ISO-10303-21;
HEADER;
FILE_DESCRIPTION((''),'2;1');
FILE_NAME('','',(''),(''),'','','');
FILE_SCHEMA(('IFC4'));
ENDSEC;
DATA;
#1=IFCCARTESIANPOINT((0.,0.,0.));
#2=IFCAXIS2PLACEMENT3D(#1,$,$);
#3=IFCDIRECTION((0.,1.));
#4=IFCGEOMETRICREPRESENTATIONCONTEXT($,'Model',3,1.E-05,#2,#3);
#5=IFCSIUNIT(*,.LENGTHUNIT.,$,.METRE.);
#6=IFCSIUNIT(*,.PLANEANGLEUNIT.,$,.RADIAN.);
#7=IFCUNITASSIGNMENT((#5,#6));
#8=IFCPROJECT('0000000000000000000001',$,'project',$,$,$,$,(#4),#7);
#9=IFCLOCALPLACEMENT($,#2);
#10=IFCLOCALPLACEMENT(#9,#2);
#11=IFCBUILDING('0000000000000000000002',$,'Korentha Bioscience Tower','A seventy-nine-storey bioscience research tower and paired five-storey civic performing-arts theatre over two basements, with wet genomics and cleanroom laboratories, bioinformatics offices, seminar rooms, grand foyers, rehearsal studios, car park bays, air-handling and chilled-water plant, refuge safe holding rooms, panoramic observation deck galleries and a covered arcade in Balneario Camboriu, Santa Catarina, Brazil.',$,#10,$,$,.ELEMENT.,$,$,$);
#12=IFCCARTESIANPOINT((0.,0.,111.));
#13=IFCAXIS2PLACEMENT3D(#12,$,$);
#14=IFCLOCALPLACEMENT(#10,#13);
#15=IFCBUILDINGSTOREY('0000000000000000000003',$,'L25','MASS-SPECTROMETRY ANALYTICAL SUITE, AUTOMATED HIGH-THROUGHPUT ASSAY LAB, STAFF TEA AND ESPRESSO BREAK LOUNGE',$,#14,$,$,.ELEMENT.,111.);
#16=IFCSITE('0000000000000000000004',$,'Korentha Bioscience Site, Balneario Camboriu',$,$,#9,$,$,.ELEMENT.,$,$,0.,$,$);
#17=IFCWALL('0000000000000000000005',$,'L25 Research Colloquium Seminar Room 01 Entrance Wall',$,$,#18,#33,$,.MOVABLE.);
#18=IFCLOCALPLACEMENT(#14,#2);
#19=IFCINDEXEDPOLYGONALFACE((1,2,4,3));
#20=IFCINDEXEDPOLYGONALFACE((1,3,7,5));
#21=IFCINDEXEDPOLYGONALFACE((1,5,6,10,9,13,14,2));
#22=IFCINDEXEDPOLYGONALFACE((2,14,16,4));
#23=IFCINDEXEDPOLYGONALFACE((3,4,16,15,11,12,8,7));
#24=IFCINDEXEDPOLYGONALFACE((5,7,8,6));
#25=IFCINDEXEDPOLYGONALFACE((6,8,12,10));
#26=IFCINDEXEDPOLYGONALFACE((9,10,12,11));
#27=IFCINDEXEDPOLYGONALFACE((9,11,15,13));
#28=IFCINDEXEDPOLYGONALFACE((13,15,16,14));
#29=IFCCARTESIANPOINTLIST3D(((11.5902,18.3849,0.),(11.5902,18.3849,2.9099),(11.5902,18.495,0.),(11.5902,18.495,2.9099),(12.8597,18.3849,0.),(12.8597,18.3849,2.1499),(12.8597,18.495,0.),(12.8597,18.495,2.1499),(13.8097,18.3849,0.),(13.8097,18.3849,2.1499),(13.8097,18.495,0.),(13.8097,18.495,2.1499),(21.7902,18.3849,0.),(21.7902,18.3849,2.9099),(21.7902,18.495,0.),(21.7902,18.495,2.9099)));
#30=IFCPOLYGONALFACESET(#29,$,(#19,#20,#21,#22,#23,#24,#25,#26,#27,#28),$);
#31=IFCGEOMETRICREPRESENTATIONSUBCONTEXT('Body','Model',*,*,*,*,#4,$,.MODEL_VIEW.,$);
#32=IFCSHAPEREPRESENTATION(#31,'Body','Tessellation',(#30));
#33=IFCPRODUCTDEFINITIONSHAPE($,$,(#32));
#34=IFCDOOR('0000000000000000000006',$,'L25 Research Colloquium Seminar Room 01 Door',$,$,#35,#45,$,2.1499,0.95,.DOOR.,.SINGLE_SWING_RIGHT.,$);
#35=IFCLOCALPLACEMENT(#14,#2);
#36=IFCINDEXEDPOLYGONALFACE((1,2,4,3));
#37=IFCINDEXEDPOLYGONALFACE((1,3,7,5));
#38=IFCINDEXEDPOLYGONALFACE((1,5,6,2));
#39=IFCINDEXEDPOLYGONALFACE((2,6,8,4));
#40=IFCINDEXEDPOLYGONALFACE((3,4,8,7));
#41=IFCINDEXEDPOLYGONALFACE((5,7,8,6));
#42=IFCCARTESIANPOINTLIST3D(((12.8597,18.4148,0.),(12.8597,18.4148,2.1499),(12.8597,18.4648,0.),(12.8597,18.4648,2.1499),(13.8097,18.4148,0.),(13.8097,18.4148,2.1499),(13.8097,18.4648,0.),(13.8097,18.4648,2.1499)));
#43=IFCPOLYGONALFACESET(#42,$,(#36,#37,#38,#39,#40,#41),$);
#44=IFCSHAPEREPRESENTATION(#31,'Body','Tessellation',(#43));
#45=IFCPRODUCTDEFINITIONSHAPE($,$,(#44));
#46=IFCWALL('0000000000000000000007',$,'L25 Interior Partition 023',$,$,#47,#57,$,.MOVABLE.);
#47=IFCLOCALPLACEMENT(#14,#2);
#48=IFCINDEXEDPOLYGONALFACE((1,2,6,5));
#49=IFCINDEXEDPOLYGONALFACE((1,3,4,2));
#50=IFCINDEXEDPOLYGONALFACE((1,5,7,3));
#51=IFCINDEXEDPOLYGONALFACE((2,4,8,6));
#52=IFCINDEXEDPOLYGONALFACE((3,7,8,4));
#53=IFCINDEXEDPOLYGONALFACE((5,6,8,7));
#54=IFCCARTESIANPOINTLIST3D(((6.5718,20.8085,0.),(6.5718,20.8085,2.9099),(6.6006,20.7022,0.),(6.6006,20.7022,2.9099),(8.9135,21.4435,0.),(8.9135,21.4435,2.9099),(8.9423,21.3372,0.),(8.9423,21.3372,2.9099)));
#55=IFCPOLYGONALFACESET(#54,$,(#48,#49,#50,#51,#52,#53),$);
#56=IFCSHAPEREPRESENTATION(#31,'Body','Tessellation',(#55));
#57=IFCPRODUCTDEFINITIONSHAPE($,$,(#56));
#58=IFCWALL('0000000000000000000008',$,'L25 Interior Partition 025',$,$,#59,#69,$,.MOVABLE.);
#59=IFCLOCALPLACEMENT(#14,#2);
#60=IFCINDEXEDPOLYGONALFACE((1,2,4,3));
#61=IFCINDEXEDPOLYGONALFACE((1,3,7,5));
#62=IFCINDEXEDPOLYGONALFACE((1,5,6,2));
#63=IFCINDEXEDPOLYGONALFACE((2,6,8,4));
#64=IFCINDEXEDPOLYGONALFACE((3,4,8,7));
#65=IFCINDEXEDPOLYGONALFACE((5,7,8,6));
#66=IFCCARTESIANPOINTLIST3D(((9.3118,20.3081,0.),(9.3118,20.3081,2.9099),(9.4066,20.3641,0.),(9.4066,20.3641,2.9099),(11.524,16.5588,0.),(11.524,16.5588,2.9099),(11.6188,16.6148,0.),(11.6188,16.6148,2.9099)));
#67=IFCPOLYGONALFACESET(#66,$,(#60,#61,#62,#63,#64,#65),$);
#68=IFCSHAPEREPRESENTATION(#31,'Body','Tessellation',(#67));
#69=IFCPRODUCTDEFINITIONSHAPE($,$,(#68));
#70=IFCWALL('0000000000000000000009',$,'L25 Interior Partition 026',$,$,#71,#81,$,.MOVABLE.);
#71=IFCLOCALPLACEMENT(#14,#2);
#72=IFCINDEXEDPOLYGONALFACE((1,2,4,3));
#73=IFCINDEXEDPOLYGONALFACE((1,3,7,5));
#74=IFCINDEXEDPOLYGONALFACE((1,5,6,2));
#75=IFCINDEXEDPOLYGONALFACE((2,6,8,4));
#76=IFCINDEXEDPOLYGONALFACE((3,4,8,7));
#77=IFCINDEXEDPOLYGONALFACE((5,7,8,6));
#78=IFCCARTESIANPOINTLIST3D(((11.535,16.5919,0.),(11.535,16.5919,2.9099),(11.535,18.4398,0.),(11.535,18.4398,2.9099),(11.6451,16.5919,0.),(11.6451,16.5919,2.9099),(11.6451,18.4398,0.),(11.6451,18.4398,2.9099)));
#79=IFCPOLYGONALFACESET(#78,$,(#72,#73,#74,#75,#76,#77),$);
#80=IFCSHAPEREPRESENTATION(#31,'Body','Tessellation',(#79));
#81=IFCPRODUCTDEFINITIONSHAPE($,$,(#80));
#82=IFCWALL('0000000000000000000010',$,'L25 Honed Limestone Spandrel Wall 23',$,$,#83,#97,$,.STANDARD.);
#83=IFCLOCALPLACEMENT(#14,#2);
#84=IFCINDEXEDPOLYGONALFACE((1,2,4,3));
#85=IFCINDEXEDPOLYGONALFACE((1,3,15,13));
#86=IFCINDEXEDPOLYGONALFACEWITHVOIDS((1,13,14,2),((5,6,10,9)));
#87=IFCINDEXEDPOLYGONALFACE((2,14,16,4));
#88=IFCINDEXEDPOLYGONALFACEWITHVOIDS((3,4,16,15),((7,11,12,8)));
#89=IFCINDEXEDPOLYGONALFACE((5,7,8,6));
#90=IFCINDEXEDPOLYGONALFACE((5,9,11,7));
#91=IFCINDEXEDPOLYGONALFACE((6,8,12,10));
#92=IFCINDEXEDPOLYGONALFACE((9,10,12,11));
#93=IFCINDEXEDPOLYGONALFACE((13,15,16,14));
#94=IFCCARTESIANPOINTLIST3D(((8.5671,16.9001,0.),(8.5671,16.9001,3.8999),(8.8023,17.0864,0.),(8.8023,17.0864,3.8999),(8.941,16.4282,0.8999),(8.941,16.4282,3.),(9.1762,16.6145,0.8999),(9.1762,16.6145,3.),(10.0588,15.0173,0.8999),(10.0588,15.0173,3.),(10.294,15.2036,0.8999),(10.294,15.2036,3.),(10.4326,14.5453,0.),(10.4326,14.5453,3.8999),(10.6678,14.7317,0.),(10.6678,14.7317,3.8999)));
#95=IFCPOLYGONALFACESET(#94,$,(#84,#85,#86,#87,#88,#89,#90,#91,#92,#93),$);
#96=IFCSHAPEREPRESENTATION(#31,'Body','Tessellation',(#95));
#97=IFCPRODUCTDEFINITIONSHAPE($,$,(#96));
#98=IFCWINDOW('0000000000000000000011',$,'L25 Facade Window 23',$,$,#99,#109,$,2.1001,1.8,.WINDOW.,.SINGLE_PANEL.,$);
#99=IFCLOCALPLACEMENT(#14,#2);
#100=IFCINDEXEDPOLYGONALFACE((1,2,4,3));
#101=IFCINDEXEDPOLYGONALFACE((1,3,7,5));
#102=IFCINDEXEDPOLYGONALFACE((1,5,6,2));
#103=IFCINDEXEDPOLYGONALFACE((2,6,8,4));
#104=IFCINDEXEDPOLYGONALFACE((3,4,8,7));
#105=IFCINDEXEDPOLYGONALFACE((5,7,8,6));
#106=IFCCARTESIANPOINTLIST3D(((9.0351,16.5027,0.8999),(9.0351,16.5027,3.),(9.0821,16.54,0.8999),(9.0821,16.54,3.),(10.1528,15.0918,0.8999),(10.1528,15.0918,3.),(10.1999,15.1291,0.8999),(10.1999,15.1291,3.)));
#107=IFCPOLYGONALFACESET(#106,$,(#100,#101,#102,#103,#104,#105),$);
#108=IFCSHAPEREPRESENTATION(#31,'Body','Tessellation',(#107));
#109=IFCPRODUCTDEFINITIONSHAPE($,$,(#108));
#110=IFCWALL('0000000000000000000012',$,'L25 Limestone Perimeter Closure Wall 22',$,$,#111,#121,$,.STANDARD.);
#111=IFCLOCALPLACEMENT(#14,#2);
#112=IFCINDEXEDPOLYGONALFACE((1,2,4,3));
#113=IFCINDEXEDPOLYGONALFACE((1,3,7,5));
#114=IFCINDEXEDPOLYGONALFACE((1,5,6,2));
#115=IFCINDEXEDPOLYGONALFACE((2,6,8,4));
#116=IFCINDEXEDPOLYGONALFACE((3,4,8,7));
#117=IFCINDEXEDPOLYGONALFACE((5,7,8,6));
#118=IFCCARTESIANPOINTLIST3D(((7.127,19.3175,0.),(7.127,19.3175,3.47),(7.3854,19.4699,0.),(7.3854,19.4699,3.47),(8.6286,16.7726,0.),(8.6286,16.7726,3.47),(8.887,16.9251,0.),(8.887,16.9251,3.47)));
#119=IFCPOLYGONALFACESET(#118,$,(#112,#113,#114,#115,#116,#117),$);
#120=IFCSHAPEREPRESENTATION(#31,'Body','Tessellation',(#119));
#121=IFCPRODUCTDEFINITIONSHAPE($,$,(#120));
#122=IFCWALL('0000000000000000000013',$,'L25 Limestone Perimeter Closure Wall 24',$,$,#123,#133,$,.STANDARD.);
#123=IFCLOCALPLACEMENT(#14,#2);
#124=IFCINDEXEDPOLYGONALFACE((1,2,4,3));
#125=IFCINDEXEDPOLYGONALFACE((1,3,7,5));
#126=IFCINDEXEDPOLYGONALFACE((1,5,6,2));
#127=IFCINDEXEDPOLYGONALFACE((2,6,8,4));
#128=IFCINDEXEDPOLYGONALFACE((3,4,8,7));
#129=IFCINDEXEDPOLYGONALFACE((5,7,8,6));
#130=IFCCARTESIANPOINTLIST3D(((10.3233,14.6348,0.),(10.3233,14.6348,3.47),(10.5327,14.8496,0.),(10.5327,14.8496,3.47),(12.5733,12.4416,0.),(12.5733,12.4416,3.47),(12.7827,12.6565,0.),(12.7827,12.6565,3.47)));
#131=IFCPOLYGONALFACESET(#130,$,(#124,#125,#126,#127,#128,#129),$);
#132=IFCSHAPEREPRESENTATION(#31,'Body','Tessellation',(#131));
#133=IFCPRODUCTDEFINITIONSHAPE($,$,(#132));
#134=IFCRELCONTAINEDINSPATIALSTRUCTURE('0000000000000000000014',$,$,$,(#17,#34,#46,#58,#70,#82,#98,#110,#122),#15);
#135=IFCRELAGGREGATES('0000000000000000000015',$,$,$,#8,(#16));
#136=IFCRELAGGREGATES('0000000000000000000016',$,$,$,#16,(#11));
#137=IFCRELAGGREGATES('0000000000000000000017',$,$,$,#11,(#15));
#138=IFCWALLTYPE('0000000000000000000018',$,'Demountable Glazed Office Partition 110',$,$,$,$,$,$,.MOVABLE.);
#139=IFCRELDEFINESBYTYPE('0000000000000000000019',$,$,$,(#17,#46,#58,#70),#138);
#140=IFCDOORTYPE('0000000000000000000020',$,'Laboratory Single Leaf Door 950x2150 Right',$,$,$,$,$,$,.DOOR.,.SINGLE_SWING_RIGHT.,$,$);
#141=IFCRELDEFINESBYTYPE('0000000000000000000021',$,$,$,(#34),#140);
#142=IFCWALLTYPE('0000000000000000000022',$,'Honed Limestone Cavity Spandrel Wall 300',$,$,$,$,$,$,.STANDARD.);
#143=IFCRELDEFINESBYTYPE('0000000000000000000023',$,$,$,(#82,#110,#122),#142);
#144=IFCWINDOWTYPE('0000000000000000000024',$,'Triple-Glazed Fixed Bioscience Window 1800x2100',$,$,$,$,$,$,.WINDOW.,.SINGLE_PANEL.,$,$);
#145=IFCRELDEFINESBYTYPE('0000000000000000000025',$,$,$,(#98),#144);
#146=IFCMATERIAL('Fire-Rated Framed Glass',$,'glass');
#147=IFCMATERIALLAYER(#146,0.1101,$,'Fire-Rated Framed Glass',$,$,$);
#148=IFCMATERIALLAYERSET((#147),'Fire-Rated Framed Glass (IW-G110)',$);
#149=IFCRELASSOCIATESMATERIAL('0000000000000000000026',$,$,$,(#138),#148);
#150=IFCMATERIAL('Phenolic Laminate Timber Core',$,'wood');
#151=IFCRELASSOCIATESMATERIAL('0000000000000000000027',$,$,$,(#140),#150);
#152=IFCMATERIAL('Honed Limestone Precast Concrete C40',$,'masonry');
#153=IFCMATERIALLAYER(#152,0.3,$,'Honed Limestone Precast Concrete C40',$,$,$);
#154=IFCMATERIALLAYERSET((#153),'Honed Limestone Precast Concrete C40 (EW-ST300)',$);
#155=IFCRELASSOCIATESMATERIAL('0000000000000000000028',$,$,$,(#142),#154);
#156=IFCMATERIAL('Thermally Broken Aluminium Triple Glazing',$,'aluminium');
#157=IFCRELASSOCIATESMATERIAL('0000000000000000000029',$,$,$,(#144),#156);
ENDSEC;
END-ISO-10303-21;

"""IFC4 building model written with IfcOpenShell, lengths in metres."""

from ifc_helpers import new_model, si_unit, direction, frame, frame_2d, origin, place, context, subcontext, project, spatial, rectangle, extrude, material, layer, layer_set, type_object, element, fill, save


model = new_model("IFC4")

# Units and contexts
model_context = context("Model", 3, precision=1e-05, world=origin(), true_north=direction((0.0, 1.0)))
body_context = subcontext(model_context, "Body", "Model", "MODEL_VIEW")
ifc_project = project(units=[si_unit("LENGTHUNIT", "METRE"), si_unit("PLANEANGLEUNIT", "RADIAN")], contexts=[model_context])

# Site, building, storey
site_placement = place(None, origin())
site = spatial("IfcSite", under=ifc_project, at=site_placement, Name="Korentha Bioscience Site, Balneario Camboriu", CompositionType="ELEMENT", RefElevation=0.0)
building_placement = place(site_placement, origin())
building = spatial("IfcBuilding", under=site, at=building_placement, Name="Korentha Bioscience Tower", Description="A seventy-nine-storey bioscience research tower and paired five-storey civic performing-arts theatre over two basements, with wet genomics and cleanroom laboratories, bioinformatics offices, seminar rooms, grand foyers, rehearsal studios, car park bays, air-handling and chilled-water plant, refuge safe holding rooms, panoramic observation deck galleries and a covered arcade in Balneario Camboriu, Santa Catarina, Brazil.", CompositionType="ELEMENT")
storey_placement = place(building_placement, frame((0.0, 0.0, 111.0)))
storey = spatial("IfcBuildingStorey", under=building, at=storey_placement, Name="L25", Description="MASS-SPECTROMETRY ANALYTICAL SUITE, AUTOMATED HIGH-THROUGHPUT ASSAY LAB, STAFF TEA AND ESPRESSO BREAK LOUNGE", CompositionType="ELEMENT", Elevation=111.0)

# Wall, opening, door
ifc_material_1 = material(Name="Fire-Rated Framed Glass", Category="glass")
ifc_layer_1 = layer(ifc_material_1, 0.1101, Name="Fire-Rated Framed Glass")
ifc_layer_set_1 = layer_set([ifc_layer_1], Name="Fire-Rated Framed Glass (IW-G110)")
wall_type_1 = type_object("IfcWallType", Name="Demountable Glazed Office Partition 110", PredefinedType="MOVABLE", material=ifc_layer_set_1)
wall_1_placement = place(storey_placement, frame((11.5901, 18.4399, 0.0), z_axis=(0.0, 0.0, 1.0), x_axis=(1.0, 0.0, 0.0)))
wall_1 = element("IfcWall", 1, at=wall_1_placement, inside=storey, type_object=wall_type_1, Name="L25 Research Colloquium Seminar Room 01 Entrance Wall", PredefinedType="MOVABLE", context=body_context, shape_type="SweptSolid", body=[
    extrude(rectangle(XDim=10.2, YDim=0.1101, at=frame_2d((5.1001, 0.0))), origin(), (0.0, 0.0, 1.0), 2.9099),
])
opening_1_placement = place(wall_1_placement, frame((1.2695, 0.0, 0.0)))
opening_1 = element("IfcOpeningElement", 2, at=opening_1_placement, cuts=wall_1, PredefinedType="OPENING", context=body_context, shape_type="SweptSolid", body=[
    extrude(rectangle(XDim=0.95, YDim=2.1499, at=frame_2d((0.4751, 1.075))), frame((0.0, 0.0698, 0.0), z_axis=(0.0, -1.0, 0.0), x_axis=(1.0, 0.0, 0.0)), (0.0, 0.0, 1.0), 0.1399),
])
ifc_material_2 = material(Name="Phenolic Laminate Timber Core", Category="wood")
door_type = type_object("IfcDoorType", Name="Laboratory Single Leaf Door 950x2150 Right", OperationType="SINGLE_SWING_RIGHT", PredefinedType="DOOR", material=ifc_material_2)
door_placement = place(opening_1_placement, origin())
door = element("IfcDoor", 3, at=door_placement, inside=storey, type_object=door_type, Name="L25 Research Colloquium Seminar Room 01 Door", OperationType="SINGLE_SWING_RIGHT", OverallHeight=2.1499, OverallWidth=0.95, PredefinedType="DOOR", context=body_context, shape_type="SweptSolid", body=[
    extrude(rectangle(XDim=0.95, YDim=2.1499, at=frame_2d((0.4751, 1.075))), frame((0.0, 0.0249, 0.0), z_axis=(0.0, -1.0, 0.0), x_axis=(1.0, 0.0, 0.0)), (0.0, 0.0, 1.0), 0.05),
])
fill(opening_1, door)

# Walls
wall_2_placement = place(storey_placement, frame((6.5862, 20.7554, 0.0), z_axis=(0.0, 0.0, 1.0), x_axis=(0.965146, 0.261712, 0.0)))
element("IfcWall", 4, at=wall_2_placement, inside=storey, type_object=wall_type_1, Name="L25 Interior Partition 023", PredefinedType="MOVABLE", context=body_context, shape_type="SweptSolid", body=[
    extrude(rectangle(XDim=2.4263, YDim=0.1101, at=frame_2d((1.2131, 0.0))), origin(), (0.0, 0.0, 1.0), 2.9099),
])
wall_3_placement = place(storey_placement, frame((9.3591, 20.3362, 0.0), z_axis=(0.0, 0.0, 1.0), x_axis=(0.508164, -0.86126, 0.0)))
element("IfcWall", 5, at=wall_3_placement, inside=storey, type_object=wall_type_1, Name="L25 Interior Partition 025", PredefinedType="MOVABLE", context=body_context, shape_type="SweptSolid", body=[
    extrude(rectangle(XDim=4.3533, YDim=0.1101, at=frame_2d((2.1768, 0.0))), origin(), (0.0, 0.0, 1.0), 2.9099),
])
wall_4_placement = place(storey_placement, frame((11.5901, 16.592, 0.0), z_axis=(0.0, 0.0, 1.0), x_axis=(0.0, 1.0, 0.0)))
element("IfcWall", 6, at=wall_4_placement, inside=storey, type_object=wall_type_1, Name="L25 Interior Partition 026", PredefinedType="MOVABLE", context=body_context, shape_type="SweptSolid", body=[
    extrude(rectangle(XDim=1.8479, YDim=0.1101, at=frame_2d((0.9238, 0.0))), origin(), (0.0, 0.0, 1.0), 2.9099),
])

# Wall, opening, window
ifc_material_3 = material(Name="Honed Limestone Precast Concrete C40", Category="masonry")
ifc_layer_2 = layer(ifc_material_3, 0.3, Name="Honed Limestone Precast Concrete C40")
ifc_layer_set_2 = layer_set([ifc_layer_2], Name="Honed Limestone Precast Concrete C40 (EW-ST300)")
wall_type_2 = type_object("IfcWallType", Name="Honed Limestone Cavity Spandrel Wall 300", PredefinedType="STANDARD", material=ifc_layer_set_2)
wall_5_placement = place(storey_placement, frame((8.6848, 16.9932, 0.0), z_axis=(0.0, 0.0, 1.0), x_axis=(0.620971, -0.783833, 0.0)))
wall_5 = element("IfcWall", 7, at=wall_5_placement, inside=storey, type_object=wall_type_2, Name="L25 Honed Limestone Spandrel Wall 23", PredefinedType="STANDARD", context=body_context, shape_type="SweptSolid", body=[
    extrude(rectangle(XDim=3.0042, YDim=0.3, at=frame_2d((1.502, 0.0))), origin(), (0.0, 0.0, 1.0), 3.8999),
])
opening_2_placement = place(wall_5_placement, frame((0.6021, 0.0, 0.8999)))
opening_2 = element("IfcOpeningElement", 8, at=opening_2_placement, cuts=wall_5, PredefinedType="OPENING", context=body_context, shape_type="SweptSolid", body=[
    extrude(rectangle(XDim=1.8, YDim=2.1001, at=frame_2d((0.8999, 1.05))), frame((0.0, 0.165, 0.0), z_axis=(0.0, -1.0, 0.0), x_axis=(1.0, 0.0, 0.0)), (0.0, 0.0, 1.0), 0.3298),
])
ifc_material_4 = material(Name="Thermally Broken Aluminium Triple Glazing", Category="aluminium")
window_type = type_object("IfcWindowType", Name="Triple-Glazed Fixed Bioscience Window 1800x2100", PartitioningType="SINGLE_PANEL", PredefinedType="WINDOW", material=ifc_material_4)
window_placement = place(opening_2_placement, origin())
window = element("IfcWindow", 9, at=window_placement, inside=storey, type_object=window_type, Name="L25 Facade Window 23", OverallHeight=2.1001, OverallWidth=1.8, PartitioningType="SINGLE_PANEL", PredefinedType="WINDOW", context=body_context, shape_type="SweptSolid", body=[
    extrude(rectangle(XDim=1.8, YDim=2.1001, at=frame_2d((0.8999, 1.05))), frame((0.0, 0.03, 0.0), z_axis=(0.0, -1.0, 0.0), x_axis=(1.0, 0.0, 0.0)), (0.0, 0.0, 1.0), 0.0601),
])
fill(opening_2, window)

# Walls
wall_6_placement = place(storey_placement, frame((7.2561, 19.3938, 0.0), z_axis=(0.0, 0.0, 1.0), x_axis=(0.5082, -0.861239, 0.0)))
element("IfcWall", 10, at=wall_6_placement, inside=storey, type_object=wall_type_2, Name="L25 Limestone Perimeter Closure Wall 22", PredefinedType="STANDARD", context=body_context, shape_type="SweptSolid", body=[
    extrude(rectangle(XDim=2.9548, YDim=0.3, at=frame_2d((1.4775, 0.0))), origin(), (0.0, 0.0, 1.0), 3.47),
])
wall_7_placement = place(storey_placement, frame((10.428, 14.7422, 0.0), z_axis=(0.0, 0.0, 1.0), x_axis=(0.716101, -0.697997, 0.0)))
element("IfcWall", 11, at=wall_7_placement, inside=storey, type_object=wall_type_2, Name="L25 Limestone Perimeter Closure Wall 24", PredefinedType="STANDARD", context=body_context, shape_type="SweptSolid", body=[
    extrude(rectangle(XDim=3.1421, YDim=0.3, at=frame_2d((1.571, 0.0))), origin(), (0.0, 0.0, 1.0), 3.47),
])

save(model, "model.ifc")
